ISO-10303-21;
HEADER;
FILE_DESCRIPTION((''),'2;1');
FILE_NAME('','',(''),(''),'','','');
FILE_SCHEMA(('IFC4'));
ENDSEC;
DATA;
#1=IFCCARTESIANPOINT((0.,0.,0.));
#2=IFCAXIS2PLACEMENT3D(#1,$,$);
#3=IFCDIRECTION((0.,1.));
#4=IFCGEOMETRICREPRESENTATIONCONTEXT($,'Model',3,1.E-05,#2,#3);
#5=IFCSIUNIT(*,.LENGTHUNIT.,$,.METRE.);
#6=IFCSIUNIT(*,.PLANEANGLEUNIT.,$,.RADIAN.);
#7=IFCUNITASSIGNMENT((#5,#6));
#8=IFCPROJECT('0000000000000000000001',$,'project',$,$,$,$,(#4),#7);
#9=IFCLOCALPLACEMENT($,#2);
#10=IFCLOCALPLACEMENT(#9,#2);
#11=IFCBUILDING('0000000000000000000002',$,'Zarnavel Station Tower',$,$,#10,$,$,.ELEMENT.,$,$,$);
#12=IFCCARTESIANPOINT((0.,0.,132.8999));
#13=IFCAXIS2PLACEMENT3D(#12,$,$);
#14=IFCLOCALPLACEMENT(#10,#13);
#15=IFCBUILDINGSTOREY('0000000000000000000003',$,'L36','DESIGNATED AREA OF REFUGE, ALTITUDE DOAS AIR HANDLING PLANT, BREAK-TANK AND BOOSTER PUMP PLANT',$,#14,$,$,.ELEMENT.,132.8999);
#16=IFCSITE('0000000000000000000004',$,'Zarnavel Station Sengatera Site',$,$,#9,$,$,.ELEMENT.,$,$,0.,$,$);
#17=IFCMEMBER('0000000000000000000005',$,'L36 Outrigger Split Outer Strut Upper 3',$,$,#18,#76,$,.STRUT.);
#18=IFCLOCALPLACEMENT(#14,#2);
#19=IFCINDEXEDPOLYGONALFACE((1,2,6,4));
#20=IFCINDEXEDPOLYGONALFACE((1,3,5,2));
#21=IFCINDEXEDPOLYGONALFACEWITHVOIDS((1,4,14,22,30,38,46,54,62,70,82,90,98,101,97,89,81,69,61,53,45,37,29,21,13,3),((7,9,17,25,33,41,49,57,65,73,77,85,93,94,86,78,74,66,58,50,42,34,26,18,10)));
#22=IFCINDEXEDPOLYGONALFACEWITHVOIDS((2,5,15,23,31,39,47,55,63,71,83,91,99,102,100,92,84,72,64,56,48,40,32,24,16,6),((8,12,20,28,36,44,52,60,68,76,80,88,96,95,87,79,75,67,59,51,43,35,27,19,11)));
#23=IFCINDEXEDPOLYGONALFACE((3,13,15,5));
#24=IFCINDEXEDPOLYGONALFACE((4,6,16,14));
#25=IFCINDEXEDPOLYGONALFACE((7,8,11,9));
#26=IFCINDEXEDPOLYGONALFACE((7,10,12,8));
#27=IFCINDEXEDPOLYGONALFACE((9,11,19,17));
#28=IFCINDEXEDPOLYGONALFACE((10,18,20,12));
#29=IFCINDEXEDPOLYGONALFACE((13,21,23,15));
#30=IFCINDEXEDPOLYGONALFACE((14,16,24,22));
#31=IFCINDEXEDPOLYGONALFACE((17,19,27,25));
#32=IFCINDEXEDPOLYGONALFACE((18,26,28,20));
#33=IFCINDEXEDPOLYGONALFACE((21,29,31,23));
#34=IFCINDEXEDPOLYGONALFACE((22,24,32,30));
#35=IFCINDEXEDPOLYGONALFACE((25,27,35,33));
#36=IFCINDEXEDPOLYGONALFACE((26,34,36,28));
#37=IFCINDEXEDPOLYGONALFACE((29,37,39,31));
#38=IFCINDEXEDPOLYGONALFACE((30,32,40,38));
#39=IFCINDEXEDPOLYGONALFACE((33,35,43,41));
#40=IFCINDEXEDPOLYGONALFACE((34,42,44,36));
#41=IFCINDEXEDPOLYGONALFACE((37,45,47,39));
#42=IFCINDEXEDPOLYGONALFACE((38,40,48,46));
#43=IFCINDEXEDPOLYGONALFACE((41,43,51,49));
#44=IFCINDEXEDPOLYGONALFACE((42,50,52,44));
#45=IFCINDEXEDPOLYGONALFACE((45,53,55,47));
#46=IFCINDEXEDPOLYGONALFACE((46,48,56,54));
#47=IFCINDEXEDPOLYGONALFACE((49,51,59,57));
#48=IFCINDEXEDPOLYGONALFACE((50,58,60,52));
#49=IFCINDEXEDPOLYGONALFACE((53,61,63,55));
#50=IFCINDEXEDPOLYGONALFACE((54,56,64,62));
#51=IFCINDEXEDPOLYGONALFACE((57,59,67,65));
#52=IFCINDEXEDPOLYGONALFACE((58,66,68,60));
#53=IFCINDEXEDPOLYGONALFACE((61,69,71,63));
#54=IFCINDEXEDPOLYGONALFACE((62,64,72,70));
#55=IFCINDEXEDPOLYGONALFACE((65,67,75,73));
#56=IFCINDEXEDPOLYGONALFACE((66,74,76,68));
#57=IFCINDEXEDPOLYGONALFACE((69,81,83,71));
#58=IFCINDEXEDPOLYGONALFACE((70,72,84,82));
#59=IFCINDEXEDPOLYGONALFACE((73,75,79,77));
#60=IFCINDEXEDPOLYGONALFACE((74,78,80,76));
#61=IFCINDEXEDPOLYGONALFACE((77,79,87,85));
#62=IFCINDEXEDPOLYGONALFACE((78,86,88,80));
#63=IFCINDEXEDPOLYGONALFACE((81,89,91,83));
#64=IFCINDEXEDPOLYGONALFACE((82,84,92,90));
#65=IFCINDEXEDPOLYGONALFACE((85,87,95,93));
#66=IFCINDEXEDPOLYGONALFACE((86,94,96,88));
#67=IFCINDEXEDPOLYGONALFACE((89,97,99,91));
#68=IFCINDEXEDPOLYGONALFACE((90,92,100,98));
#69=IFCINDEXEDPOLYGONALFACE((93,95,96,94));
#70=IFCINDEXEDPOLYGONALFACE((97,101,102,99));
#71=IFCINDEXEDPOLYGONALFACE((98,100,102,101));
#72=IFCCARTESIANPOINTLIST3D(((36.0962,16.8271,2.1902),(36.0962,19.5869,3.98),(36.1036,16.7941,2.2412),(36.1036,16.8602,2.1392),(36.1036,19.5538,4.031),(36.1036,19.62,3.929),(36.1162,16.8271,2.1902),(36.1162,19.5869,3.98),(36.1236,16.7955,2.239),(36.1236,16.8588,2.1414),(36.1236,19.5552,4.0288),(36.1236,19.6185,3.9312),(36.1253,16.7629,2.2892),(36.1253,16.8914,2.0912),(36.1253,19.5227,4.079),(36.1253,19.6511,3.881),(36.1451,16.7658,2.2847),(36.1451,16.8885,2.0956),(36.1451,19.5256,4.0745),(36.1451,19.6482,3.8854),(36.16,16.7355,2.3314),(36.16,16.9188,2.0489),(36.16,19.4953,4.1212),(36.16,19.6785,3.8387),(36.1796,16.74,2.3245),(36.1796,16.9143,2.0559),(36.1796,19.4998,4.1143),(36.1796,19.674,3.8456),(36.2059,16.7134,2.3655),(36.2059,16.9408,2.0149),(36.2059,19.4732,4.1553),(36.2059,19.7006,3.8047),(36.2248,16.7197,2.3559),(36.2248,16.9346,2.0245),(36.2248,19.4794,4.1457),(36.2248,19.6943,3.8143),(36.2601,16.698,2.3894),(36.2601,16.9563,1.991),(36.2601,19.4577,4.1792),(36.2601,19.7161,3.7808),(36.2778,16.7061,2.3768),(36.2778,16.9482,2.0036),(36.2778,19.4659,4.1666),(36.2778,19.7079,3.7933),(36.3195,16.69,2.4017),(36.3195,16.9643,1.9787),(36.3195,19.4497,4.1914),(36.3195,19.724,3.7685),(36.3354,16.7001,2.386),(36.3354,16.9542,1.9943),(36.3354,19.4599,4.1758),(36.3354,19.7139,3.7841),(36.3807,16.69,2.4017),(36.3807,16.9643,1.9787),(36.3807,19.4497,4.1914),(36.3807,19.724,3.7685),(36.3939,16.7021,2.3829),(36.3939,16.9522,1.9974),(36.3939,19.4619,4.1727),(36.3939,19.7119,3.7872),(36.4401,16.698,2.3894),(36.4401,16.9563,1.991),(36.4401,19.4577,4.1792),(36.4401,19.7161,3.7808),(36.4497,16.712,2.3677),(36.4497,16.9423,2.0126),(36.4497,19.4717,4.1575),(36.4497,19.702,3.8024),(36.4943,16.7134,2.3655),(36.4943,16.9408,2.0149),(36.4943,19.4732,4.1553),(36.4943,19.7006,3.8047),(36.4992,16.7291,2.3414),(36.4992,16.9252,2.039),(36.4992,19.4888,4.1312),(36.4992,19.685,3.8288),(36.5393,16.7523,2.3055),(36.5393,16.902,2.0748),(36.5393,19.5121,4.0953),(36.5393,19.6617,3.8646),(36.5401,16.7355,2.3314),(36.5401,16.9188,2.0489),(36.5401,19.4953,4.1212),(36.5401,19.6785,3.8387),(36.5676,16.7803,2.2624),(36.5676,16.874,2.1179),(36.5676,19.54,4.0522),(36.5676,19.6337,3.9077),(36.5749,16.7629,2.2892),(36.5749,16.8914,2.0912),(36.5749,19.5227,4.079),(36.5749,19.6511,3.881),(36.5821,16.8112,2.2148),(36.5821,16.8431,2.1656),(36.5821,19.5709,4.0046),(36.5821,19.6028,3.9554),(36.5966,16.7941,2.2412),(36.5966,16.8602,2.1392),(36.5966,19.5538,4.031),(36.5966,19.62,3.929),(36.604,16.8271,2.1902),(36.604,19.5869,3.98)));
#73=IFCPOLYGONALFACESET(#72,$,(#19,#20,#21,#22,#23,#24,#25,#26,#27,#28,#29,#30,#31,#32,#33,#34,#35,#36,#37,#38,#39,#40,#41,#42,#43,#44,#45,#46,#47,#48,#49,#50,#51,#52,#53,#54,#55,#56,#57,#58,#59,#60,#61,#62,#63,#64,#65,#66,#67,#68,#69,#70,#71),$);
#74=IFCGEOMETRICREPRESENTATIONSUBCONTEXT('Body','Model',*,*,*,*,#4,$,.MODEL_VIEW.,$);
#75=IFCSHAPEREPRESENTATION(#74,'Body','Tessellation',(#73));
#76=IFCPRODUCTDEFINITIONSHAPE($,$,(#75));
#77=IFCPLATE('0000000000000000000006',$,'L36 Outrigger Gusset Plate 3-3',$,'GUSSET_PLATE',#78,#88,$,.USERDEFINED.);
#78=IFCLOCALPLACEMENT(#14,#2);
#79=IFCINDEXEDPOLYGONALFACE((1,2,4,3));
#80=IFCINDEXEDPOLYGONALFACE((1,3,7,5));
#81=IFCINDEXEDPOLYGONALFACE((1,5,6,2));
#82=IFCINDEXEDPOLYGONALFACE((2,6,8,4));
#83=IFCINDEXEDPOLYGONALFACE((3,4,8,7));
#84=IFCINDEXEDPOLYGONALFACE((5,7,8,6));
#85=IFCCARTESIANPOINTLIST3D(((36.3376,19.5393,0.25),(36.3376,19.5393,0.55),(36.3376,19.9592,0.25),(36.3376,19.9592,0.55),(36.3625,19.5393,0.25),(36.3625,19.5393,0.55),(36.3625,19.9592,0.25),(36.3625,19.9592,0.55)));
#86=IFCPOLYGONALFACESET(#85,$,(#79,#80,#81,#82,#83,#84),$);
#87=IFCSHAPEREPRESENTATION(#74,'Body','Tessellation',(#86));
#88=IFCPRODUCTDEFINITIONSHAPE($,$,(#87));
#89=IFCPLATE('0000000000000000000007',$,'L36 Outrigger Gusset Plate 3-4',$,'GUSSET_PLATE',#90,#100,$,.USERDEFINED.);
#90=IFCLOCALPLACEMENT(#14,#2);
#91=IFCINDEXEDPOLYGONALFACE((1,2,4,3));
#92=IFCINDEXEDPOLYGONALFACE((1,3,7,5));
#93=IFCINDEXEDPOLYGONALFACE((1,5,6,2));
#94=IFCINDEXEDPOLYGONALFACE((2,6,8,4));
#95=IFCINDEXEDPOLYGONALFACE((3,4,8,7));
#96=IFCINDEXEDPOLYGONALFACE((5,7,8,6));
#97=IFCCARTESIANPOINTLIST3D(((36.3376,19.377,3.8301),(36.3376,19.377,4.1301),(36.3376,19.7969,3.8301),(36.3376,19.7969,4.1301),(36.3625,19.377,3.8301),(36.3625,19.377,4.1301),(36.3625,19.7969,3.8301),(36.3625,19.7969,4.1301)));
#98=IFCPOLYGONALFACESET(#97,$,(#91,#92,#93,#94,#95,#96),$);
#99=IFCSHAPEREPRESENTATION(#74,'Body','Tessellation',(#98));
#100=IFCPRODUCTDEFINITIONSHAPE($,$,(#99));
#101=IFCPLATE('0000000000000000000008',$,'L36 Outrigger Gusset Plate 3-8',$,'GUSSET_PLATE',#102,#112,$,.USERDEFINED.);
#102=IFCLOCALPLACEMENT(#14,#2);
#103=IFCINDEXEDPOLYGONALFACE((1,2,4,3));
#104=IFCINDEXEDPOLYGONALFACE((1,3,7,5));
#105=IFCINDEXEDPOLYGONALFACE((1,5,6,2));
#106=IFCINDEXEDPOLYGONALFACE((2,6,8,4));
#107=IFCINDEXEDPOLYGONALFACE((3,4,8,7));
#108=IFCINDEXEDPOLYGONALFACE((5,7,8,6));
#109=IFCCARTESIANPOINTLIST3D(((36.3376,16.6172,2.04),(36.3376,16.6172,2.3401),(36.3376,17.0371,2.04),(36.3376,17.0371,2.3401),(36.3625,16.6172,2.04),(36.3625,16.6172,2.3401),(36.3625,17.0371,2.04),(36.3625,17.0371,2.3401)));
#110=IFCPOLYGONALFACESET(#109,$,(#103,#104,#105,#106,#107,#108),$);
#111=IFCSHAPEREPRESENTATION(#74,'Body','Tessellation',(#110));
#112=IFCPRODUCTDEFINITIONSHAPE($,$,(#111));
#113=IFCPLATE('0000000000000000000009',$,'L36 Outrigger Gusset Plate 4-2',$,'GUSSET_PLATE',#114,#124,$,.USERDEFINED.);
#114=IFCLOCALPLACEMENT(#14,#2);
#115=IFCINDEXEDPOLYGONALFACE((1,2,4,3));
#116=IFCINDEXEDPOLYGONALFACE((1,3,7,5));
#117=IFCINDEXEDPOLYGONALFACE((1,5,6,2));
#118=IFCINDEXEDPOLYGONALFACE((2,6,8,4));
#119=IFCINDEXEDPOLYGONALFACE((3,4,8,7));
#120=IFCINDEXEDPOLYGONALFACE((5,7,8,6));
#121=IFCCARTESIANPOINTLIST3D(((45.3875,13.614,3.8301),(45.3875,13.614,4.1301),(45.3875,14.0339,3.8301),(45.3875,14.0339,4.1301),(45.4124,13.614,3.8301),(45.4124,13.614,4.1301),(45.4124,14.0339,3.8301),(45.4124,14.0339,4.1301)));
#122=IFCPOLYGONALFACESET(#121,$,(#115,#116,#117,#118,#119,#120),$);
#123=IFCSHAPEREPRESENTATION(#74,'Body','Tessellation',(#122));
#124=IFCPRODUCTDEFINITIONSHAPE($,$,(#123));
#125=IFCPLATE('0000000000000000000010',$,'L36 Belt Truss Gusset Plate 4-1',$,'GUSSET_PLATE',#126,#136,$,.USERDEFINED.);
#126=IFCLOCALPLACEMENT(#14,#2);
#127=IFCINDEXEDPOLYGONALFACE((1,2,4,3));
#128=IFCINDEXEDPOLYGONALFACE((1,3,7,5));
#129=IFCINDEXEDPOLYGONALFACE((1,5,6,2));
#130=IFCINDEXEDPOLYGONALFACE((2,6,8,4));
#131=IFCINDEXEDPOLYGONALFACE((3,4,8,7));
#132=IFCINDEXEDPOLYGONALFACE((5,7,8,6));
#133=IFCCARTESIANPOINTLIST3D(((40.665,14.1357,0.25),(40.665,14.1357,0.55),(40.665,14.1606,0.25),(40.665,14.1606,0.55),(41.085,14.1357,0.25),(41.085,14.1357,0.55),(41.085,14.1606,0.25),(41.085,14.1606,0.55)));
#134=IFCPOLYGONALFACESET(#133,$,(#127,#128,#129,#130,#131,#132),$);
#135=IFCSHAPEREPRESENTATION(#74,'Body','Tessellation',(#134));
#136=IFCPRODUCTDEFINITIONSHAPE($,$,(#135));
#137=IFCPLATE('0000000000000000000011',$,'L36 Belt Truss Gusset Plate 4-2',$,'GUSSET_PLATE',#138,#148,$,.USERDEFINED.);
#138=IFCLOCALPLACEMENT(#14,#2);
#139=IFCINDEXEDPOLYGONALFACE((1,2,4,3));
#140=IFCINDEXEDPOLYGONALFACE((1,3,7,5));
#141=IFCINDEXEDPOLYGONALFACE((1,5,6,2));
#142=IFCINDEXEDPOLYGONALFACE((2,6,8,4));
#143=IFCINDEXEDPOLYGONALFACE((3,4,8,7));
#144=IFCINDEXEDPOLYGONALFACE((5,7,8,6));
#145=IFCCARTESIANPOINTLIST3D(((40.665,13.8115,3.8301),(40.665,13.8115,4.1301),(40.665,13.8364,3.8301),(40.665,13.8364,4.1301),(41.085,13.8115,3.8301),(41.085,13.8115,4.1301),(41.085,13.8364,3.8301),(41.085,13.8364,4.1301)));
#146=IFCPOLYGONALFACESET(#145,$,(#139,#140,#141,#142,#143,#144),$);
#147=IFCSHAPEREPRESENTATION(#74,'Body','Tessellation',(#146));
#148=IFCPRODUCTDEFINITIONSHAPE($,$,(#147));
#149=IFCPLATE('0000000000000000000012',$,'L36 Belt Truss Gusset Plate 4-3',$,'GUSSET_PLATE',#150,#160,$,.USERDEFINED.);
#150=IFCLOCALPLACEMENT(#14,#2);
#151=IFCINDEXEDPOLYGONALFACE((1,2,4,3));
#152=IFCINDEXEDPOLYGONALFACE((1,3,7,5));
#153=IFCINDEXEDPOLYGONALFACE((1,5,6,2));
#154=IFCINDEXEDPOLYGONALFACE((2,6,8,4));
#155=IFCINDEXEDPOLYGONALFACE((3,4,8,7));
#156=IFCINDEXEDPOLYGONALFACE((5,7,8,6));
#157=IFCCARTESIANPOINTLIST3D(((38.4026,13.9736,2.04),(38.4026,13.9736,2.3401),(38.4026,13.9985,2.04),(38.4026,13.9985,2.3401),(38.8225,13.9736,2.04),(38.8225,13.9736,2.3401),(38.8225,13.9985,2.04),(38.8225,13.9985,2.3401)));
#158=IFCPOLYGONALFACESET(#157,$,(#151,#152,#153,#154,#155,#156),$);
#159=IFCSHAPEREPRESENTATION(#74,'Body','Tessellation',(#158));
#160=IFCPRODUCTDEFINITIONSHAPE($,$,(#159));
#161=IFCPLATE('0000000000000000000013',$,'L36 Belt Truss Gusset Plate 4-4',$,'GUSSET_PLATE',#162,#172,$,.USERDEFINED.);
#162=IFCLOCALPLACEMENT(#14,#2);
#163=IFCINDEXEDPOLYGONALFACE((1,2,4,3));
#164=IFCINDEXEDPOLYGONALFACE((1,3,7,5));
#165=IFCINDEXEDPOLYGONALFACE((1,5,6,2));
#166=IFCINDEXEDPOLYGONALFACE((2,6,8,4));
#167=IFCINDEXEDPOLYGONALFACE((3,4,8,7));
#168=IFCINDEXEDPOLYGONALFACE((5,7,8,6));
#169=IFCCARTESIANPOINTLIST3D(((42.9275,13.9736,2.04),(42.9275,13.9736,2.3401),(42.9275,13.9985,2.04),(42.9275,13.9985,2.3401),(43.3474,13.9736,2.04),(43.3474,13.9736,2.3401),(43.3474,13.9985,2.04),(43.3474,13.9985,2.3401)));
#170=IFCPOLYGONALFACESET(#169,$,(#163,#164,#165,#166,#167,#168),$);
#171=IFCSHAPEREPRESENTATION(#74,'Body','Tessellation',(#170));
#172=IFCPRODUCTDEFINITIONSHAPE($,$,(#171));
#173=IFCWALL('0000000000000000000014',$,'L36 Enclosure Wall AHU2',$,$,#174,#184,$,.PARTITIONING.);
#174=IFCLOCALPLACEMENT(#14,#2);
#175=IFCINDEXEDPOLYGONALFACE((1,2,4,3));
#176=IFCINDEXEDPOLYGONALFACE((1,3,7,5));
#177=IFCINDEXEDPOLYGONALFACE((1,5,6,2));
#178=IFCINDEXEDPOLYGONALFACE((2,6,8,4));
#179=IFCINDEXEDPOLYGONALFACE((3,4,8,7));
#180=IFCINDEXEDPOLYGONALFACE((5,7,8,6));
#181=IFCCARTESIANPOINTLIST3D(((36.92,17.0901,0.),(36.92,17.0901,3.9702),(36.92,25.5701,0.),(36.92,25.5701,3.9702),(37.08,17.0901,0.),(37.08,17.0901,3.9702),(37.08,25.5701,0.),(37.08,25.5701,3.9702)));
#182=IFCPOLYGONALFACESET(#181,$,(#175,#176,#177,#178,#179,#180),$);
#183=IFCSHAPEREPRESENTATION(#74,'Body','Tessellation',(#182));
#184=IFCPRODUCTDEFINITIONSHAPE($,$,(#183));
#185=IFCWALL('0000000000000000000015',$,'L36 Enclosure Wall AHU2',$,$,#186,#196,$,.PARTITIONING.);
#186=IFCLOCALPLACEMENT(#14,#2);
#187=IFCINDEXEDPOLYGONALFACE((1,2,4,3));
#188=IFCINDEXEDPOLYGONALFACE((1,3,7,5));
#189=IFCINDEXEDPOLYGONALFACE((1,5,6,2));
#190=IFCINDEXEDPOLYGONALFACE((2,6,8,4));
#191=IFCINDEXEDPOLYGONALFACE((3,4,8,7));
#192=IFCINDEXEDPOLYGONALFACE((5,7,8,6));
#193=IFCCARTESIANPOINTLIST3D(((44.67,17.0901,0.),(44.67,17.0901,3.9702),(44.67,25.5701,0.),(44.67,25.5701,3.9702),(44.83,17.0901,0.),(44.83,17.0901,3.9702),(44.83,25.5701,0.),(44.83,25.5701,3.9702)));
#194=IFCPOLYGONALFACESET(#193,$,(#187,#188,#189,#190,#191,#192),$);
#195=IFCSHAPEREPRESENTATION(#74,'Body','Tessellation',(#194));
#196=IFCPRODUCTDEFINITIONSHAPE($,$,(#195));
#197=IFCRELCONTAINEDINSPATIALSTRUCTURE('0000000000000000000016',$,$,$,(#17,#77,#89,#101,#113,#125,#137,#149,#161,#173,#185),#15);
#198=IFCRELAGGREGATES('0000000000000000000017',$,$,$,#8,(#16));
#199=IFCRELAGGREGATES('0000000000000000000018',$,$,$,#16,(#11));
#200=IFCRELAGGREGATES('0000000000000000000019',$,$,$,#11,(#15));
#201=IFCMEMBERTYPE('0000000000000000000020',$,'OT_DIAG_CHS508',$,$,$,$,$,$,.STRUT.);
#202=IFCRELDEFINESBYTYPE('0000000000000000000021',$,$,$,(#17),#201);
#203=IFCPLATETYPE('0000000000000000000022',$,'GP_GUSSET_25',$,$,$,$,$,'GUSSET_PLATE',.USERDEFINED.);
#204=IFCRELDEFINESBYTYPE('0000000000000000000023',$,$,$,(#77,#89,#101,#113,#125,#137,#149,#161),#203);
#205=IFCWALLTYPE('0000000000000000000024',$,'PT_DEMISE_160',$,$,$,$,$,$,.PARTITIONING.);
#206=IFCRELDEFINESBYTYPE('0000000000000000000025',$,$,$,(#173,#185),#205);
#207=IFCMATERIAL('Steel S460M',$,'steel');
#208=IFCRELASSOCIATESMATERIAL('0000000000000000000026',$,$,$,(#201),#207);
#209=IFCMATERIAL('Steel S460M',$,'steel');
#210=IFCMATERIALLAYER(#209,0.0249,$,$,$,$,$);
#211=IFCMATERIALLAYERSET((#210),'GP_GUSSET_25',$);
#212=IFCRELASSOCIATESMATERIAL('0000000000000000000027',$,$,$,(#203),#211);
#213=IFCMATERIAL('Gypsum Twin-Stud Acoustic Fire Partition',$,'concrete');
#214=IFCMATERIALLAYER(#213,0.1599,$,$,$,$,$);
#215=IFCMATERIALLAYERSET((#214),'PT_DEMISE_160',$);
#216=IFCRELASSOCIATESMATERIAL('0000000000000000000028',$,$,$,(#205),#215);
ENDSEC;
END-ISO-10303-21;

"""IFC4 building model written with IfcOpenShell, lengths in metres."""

from ifc_helpers import new_model, si_unit, direction, frame, frame_2d, origin, origin_2d, place, context, subcontext, project, spatial, rectangle, hollow_circle, extrude, material, layer, layer_set, material_profile, profile_set, type_object, element, save


model = new_model("IFC4")

# Units and contexts
model_context = context("Model", 3, precision=1e-05, world=origin(), true_north=direction((0.0, 1.0)))
body_context = subcontext(model_context, "Body", "Model", "MODEL_VIEW")
ifc_project = project(units=[si_unit("LENGTHUNIT", "METRE"), si_unit("PLANEANGLEUNIT", "RADIAN")], contexts=[model_context])

# Site, building, storey
site_placement = place(None, origin())
site = spatial("IfcSite", under=ifc_project, at=site_placement, Name="Zarnavel Station Sengatera Site", CompositionType="ELEMENT", RefElevation=0.0)
building_placement = place(site_placement, origin())
building = spatial("IfcBuilding", under=site, at=building_placement, Name="Zarnavel Station Tower", CompositionType="ELEMENT")
storey_placement = place(building_placement, frame((0.0, 0.0, 132.8999)))
storey = spatial("IfcBuildingStorey", under=building, at=storey_placement, Name="L36", Description="DESIGNATED AREA OF REFUGE, ALTITUDE DOAS AIR HANDLING PLANT, BREAK-TANK AND BOOSTER PUMP PLANT", CompositionType="ELEMENT", Elevation=132.8999)

# Member
ifc_material_1 = material(Name="Steel S460M", Category="steel")
ifc_material_profile_1 = material_profile(ifc_material_1, hollow_circle(Radius=0.2539, WallThickness=0.02, at=origin_2d()), Name="CHS508x20")
ifc_profile_set_1 = profile_set([ifc_material_profile_1], Name="Steel S460M")
member_type_1 = type_object("IfcMemberType", Name="OT_DIAG_CHS508", PredefinedType="STRUT", material=ifc_profile_set_1)
member_1_placement = place(storey_placement, frame((36.3501, 16.8271, 2.1902), z_axis=(0.0, 0.839006, 0.544122), x_axis=(-1.0, 0.0, 0.0)))
element("IfcMember", 1, at=member_1_placement, inside=storey, type_object=member_type_1, Name="L36 Outrigger Split Outer Strut Upper 3", PredefinedType="STRUT", context=body_context, shape_type="SweptSolid", body=[
    extrude(hollow_circle(Radius=0.2539, WallThickness=0.02, at=origin_2d()), origin(), (0.0, 0.0, 1.0), 3.2893),
])

# Plates
ifc_material_2 = material(Name="Steel S460M", Category="steel")
ifc_layer_1 = layer(ifc_material_2, 0.0249)
ifc_layer_set_1 = layer_set([ifc_layer_1], Name="GP_GUSSET_25")
plate_type = type_object("IfcPlateType", Name="GP_GUSSET_25", ElementType="GUSSET_PLATE", PredefinedType="USERDEFINED", material=ifc_layer_set_1)
for number, where, z_axis, x_axis, name in (
    (2, (36.3501, 19.7493, 0.25), (0.0, 0.0, 1.0), (1.0, 0.0, 0.0), "L36 Outrigger Gusset Plate 3-3"),
    (3, (36.3501, 19.5869, 3.8301), (0.0, 0.0, 1.0), (1.0, 0.0, 0.0), "L36 Outrigger Gusset Plate 3-4"),
    (4, (36.3501, 16.8271, 2.04), (0.0, 0.0, 1.0), (1.0, 0.0, 0.0), "L36 Outrigger Gusset Plate 3-8"),
    (5, (45.3999, 13.824, 3.8301), (0.0, 0.0, 1.0), (1.0, 0.0, 0.0), "L36 Outrigger Gusset Plate 4-2"),
):
    element("IfcPlate", number, at=place(storey_placement, frame(where, z_axis=z_axis, x_axis=x_axis)), inside=storey, type_object=plate_type, Name=name, ObjectType="GUSSET_PLATE", PredefinedType="USERDEFINED", context=body_context, shape_type="SweptSolid", body=[
        extrude(rectangle(XDim=0.0249, YDim=0.4199, at=origin_2d()), origin(), (0.0, 0.0, 1.0), 0.3),
    ])
for number, where, z_axis, x_axis, name in (
    (6, (40.875, 14.1482, 0.25), (0.0, 0.0, 1.0), (1.0, 0.0, 0.0), "L36 Belt Truss Gusset Plate 4-1"),
    (7, (40.875, 13.824, 3.8301), (0.0, 0.0, 1.0), (1.0, 0.0, 0.0), "L36 Belt Truss Gusset Plate 4-2"),
    (8, (38.6125, 13.9861, 2.04), (0.0, 0.0, 1.0), (1.0, 0.0, 0.0), "L36 Belt Truss Gusset Plate 4-3"),
    (9, (43.1375, 13.9861, 2.04), (0.0, 0.0, 1.0), (1.0, 0.0, 0.0), "L36 Belt Truss Gusset Plate 4-4"),
):
    element("IfcPlate", number, at=place(storey_placement, frame(where, z_axis=z_axis, x_axis=x_axis)), inside=storey, type_object=plate_type, Name=name, ObjectType="GUSSET_PLATE", PredefinedType="USERDEFINED", context=body_context, shape_type="SweptSolid", body=[
        extrude(rectangle(XDim=0.4199, YDim=0.0249, at=origin_2d()), origin(), (0.0, 0.0, 1.0), 0.3),
    ])

# Walls
ifc_material_3 = material(Name="Gypsum Twin-Stud Acoustic Fire Partition", Category="concrete")
ifc_layer_2 = layer(ifc_material_3, 0.1599)
ifc_layer_set_2 = layer_set([ifc_layer_2], Name="PT_DEMISE_160")
wall_type = type_object("IfcWallType", Name="PT_DEMISE_160", PredefinedType="PARTITIONING", material=ifc_layer_set_2)
for number, where, z_axis, x_axis, name in (
    (10, (37.0, 17.0901, 0.0), (0.0, 0.0, 1.0), (0.0, 1.0, 0.0), "L36 Enclosure Wall AHU2"),
    (11, (44.75, 17.0901, 0.0), (0.0, 0.0, 1.0), (0.0, 1.0, 0.0), "L36 Enclosure Wall AHU2"),
):
    element("IfcWall", number, at=place(storey_placement, frame(where, z_axis=z_axis, x_axis=x_axis)), inside=storey, type_object=wall_type, Name=name, PredefinedType="PARTITIONING", context=body_context, shape_type="SweptSolid", body=[
        extrude(rectangle(XDim=8.48, YDim=0.1599, at=frame_2d((4.24, 0.0))), origin(), (0.0, 0.0, 1.0), 3.9702),
    ])

save(model, "model.ifc")
